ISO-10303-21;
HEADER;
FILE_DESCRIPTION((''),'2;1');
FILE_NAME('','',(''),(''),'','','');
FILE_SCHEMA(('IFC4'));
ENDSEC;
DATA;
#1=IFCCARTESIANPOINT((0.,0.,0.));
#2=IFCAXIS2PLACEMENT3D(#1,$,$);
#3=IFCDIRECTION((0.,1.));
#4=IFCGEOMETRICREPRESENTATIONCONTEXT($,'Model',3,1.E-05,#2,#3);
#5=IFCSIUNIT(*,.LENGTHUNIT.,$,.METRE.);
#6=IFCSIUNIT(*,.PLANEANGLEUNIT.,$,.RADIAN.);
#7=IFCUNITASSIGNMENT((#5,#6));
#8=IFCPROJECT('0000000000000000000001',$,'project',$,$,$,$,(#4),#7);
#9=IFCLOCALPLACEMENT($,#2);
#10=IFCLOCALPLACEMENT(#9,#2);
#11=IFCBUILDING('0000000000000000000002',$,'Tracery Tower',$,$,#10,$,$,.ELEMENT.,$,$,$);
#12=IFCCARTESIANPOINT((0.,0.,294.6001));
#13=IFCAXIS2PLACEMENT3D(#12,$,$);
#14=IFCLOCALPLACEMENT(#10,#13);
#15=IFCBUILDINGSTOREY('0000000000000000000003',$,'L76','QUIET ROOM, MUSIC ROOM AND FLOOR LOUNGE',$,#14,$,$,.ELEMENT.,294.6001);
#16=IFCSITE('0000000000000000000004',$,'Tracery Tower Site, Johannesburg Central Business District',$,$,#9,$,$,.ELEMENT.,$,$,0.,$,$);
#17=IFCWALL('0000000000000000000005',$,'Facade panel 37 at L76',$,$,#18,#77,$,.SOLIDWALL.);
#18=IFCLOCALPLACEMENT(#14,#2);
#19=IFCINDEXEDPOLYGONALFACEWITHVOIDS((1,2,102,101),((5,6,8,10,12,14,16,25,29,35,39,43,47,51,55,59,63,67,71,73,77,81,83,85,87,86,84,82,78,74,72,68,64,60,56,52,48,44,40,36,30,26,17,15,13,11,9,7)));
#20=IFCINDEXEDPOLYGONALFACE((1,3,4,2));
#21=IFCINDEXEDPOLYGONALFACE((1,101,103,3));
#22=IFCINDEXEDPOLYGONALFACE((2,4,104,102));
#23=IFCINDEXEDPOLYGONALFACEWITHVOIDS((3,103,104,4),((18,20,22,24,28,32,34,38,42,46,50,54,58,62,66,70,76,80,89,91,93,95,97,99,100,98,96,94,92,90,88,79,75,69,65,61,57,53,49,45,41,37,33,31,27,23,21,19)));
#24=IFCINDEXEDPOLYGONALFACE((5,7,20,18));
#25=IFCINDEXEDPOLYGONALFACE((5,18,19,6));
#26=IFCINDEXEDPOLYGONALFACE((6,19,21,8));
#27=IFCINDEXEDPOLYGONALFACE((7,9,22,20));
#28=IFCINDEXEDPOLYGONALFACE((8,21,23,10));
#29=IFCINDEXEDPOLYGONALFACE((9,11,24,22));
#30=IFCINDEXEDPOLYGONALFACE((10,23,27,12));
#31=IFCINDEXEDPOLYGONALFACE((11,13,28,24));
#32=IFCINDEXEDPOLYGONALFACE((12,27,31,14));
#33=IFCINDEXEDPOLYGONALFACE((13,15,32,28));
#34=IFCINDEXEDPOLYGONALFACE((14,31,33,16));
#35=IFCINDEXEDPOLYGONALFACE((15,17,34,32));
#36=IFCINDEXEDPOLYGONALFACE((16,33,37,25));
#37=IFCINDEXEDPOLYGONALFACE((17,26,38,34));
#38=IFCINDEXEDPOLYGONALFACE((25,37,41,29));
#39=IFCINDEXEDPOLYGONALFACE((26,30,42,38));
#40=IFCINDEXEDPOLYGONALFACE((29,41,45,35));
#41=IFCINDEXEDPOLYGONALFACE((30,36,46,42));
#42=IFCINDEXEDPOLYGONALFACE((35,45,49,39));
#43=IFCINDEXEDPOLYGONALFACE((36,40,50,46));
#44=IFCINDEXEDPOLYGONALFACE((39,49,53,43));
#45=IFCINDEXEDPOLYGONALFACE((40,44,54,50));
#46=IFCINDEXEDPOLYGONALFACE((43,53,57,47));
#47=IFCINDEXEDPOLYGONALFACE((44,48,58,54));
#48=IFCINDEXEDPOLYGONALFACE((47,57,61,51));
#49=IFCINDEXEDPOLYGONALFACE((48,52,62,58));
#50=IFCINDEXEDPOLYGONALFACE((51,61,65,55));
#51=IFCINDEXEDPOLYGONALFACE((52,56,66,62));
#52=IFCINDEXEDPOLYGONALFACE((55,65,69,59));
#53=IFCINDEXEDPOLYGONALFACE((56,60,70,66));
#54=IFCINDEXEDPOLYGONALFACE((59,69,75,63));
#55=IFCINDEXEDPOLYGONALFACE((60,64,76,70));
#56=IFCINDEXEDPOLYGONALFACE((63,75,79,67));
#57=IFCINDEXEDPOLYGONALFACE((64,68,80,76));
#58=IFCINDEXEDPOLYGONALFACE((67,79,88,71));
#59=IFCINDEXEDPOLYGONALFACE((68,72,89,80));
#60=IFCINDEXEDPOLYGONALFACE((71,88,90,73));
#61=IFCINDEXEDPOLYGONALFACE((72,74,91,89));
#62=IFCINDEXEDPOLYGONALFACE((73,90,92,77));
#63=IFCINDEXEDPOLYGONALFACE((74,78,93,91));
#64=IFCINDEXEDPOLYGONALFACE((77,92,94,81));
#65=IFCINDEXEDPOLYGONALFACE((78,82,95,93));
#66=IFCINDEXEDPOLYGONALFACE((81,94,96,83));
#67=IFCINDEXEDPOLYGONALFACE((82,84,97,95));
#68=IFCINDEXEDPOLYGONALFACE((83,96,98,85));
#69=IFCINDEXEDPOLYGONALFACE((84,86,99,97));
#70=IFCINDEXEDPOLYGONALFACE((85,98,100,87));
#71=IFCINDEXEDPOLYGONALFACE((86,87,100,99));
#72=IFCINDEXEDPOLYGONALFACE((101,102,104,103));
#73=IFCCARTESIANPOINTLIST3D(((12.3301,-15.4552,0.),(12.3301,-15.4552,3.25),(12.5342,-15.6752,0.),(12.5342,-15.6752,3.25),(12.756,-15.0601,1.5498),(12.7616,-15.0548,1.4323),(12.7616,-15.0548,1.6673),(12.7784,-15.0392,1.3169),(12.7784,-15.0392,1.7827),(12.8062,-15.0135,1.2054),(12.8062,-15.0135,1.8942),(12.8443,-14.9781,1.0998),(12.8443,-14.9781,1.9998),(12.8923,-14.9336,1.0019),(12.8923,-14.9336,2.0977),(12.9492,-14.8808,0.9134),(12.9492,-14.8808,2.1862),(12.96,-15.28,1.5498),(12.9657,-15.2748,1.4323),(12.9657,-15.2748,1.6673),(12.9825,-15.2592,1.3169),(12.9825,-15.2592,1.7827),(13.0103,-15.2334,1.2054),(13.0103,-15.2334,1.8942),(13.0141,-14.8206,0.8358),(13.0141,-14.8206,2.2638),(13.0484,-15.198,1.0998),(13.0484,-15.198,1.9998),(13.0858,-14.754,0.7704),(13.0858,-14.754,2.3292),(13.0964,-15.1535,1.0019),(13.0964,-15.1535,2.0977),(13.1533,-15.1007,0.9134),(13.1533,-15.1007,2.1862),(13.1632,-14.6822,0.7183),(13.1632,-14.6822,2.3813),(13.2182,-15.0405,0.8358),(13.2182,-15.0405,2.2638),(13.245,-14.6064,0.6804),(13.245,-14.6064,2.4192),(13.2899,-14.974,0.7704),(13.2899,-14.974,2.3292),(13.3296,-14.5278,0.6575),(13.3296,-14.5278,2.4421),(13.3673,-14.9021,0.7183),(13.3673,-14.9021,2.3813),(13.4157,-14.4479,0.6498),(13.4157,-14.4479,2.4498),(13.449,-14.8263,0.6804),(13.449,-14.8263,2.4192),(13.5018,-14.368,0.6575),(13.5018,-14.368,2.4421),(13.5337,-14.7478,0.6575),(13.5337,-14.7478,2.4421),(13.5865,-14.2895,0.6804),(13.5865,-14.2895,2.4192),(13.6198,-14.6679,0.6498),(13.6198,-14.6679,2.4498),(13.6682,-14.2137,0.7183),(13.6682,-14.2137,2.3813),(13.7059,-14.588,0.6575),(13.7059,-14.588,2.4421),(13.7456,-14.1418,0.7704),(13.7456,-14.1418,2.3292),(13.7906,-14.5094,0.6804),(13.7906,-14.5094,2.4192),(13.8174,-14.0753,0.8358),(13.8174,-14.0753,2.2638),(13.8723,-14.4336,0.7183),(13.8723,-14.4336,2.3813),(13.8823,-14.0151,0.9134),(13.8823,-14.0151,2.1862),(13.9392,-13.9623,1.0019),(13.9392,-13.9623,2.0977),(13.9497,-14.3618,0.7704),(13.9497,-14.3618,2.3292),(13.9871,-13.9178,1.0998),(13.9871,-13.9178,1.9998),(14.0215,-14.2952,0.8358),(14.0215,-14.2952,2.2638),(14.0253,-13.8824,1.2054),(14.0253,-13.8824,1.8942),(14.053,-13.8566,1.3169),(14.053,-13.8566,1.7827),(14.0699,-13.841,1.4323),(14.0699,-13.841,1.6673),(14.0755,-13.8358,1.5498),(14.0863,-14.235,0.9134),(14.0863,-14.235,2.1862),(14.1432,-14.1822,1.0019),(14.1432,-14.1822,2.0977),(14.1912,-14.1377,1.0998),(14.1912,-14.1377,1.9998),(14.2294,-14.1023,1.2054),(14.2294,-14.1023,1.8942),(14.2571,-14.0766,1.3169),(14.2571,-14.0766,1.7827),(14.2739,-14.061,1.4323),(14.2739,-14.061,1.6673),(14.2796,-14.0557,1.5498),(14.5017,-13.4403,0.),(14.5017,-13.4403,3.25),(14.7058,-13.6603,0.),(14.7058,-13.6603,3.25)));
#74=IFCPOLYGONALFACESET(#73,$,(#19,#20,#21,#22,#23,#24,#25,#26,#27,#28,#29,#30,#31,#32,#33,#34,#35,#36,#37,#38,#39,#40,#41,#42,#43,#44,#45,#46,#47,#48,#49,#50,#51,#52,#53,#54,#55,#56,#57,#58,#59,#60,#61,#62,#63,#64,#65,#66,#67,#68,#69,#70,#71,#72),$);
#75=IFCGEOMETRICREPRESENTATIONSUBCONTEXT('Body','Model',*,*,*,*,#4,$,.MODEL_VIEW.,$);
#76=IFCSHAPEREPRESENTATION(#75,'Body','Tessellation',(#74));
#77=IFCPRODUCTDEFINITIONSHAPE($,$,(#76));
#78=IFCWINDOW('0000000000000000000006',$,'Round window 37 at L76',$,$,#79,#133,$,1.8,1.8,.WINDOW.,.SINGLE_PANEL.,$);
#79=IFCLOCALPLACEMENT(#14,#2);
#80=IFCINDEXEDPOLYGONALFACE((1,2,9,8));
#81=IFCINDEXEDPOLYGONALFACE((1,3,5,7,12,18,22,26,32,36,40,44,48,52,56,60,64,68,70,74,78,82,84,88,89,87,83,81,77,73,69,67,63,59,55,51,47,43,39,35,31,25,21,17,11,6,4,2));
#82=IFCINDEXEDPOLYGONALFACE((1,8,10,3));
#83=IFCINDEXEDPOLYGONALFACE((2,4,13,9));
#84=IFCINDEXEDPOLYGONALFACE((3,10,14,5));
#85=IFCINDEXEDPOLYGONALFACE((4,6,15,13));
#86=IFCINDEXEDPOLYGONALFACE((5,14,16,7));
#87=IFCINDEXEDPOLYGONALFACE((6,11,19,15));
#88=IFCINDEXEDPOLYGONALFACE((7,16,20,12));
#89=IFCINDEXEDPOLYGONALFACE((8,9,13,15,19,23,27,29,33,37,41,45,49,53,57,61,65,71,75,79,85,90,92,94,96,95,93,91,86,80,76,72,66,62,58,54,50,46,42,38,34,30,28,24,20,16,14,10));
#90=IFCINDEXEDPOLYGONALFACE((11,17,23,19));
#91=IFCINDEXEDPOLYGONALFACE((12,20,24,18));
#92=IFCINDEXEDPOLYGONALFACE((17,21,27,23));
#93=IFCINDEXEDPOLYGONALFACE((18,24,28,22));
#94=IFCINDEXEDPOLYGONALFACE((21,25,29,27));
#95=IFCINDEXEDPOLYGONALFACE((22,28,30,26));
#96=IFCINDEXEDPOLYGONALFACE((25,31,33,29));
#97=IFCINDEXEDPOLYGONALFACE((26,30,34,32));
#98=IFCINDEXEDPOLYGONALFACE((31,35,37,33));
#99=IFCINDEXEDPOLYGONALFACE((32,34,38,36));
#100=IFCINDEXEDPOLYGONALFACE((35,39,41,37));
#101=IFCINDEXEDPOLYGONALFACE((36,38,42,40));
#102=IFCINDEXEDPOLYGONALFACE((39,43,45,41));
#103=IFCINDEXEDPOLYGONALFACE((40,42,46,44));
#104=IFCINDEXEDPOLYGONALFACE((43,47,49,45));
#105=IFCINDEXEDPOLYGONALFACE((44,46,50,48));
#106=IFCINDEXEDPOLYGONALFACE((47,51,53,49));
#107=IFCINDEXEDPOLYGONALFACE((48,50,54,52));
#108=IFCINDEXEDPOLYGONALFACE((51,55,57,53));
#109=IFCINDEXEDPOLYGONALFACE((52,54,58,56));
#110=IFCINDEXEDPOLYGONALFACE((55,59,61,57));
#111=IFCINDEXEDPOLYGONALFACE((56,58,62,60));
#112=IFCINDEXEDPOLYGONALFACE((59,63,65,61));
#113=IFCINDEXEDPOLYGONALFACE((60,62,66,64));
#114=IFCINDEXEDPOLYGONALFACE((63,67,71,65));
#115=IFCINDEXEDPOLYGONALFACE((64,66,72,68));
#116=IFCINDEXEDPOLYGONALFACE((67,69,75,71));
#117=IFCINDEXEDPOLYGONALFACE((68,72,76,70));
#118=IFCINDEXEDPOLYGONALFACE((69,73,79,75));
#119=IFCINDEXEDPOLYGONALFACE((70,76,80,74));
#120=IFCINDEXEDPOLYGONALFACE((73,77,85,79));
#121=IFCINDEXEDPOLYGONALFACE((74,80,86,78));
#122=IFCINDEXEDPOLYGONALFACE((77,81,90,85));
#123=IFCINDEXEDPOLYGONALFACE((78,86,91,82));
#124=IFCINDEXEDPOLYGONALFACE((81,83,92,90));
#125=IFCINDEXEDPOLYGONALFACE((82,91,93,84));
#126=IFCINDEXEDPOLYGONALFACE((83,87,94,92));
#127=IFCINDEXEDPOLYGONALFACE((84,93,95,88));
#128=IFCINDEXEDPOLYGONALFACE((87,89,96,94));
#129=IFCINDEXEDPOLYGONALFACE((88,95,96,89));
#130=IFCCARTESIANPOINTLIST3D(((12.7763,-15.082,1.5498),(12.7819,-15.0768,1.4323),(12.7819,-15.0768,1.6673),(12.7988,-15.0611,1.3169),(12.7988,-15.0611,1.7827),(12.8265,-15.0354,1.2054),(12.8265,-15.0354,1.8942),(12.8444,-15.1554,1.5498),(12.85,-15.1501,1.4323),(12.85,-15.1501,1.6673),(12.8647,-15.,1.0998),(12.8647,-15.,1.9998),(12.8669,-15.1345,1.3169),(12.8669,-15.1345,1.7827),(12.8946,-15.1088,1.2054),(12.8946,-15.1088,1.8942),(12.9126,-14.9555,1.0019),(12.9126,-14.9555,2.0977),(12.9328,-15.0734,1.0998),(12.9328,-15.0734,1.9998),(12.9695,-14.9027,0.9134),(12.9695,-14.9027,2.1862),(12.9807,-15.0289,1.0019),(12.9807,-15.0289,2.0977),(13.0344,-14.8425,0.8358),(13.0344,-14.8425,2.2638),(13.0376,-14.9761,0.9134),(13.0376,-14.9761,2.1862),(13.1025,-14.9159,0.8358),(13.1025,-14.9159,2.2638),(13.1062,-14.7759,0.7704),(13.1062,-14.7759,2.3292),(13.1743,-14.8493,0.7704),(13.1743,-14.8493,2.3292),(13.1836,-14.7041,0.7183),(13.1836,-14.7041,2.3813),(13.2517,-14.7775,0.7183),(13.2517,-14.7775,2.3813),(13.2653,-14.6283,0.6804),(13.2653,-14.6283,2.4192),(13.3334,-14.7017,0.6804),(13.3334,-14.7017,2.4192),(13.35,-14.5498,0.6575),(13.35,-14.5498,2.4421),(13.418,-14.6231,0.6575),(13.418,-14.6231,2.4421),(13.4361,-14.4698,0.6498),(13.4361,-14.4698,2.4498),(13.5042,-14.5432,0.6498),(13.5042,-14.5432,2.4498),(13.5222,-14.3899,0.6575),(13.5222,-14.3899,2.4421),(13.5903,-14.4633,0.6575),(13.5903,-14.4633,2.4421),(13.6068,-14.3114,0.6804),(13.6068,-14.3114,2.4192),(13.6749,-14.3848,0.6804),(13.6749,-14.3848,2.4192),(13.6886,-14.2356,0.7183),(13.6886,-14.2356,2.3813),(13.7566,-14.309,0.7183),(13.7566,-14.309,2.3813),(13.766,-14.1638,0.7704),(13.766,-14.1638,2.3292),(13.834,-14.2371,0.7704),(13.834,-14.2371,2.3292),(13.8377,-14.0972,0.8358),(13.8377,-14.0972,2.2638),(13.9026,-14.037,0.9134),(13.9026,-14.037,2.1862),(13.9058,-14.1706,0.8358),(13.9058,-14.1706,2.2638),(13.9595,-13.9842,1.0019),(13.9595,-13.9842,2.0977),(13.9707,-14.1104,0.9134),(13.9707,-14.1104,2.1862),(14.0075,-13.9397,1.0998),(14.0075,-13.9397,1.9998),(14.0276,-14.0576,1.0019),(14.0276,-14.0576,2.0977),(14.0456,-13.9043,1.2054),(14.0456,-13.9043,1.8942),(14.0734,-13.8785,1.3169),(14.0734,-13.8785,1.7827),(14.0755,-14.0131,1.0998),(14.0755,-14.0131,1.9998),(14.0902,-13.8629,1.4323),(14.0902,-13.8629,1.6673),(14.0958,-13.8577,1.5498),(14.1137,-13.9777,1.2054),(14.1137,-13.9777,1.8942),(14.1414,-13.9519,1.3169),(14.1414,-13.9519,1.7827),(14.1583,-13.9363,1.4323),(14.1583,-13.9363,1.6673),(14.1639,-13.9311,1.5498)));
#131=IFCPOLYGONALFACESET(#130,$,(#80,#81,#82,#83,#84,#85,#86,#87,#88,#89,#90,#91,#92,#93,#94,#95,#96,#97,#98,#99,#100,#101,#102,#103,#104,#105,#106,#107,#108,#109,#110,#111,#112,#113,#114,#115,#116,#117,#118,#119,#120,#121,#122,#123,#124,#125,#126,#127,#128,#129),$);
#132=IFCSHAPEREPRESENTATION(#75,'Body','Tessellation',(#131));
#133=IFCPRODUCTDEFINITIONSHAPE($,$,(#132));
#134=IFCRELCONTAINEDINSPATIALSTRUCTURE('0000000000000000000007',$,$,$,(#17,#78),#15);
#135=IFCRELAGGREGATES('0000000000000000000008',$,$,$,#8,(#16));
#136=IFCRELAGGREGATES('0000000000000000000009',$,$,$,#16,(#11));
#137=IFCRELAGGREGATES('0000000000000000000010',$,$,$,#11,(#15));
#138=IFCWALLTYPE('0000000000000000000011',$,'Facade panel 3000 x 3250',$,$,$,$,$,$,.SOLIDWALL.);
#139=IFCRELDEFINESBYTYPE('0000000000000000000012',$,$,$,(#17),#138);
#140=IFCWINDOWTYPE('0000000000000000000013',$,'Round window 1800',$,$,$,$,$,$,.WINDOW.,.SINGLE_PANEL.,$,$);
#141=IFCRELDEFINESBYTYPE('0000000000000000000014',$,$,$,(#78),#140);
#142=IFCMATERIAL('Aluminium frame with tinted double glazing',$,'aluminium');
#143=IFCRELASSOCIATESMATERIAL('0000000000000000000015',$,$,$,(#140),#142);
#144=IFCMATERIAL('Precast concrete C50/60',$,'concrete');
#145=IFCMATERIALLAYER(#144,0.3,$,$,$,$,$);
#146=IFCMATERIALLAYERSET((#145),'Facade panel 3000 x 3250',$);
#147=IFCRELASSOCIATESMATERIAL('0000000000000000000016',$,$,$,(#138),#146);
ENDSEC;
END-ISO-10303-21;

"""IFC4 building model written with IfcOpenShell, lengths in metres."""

from ifc_helpers import new_model, si_unit, direction, frame, frame_2d, origin, origin_2d, place, context, subcontext, project, spatial, rectangle, circle, extrude, material, layer, layer_set, type_object, element, fill, save


model = new_model("IFC4")

# Units and contexts
model_context = context("Model", 3, precision=1e-05, world=origin(), true_north=direction((0.0, 1.0)))
body_context = subcontext(model_context, "Body", "Model", "MODEL_VIEW")
ifc_project = project(units=[si_unit("LENGTHUNIT", "METRE"), si_unit("PLANEANGLEUNIT", "RADIAN")], contexts=[model_context])

# Site, building, storey
site_placement = place(None, origin())
site = spatial("IfcSite", under=ifc_project, at=site_placement, Name="Tracery Tower Site, Johannesburg Central Business District", CompositionType="ELEMENT", RefElevation=0.0)
building_placement = place(site_placement, origin())
building = spatial("IfcBuilding", under=site, at=building_placement, Name="Tracery Tower", CompositionType="ELEMENT")
storey_placement = place(building_placement, frame((0.0, 0.0, 294.6001)))
storey = spatial("IfcBuildingStorey", under=building, at=storey_placement, Name="L76", Description="QUIET ROOM, MUSIC ROOM AND FLOOR LOUNGE", CompositionType="ELEMENT", Elevation=294.6001)

# Wall, opening, window
ifc_material_1 = material(Name="Aluminium frame with tinted double glazing", Category="aluminium")
window_type = type_object("IfcWindowType", Name="Round window 1800", PartitioningType="SINGLE_PANEL", PredefinedType="WINDOW", material=ifc_material_1)
ifc_material_2 = material(Name="Precast concrete C50/60", Category="concrete")
ifc_layer_1 = layer(ifc_material_2, 0.3)
ifc_layer_set_1 = layer_set([ifc_layer_1], Name="Facade panel 3000 x 3250")
wall_type_1 = type_object("IfcWallType", Name="Facade panel 3000 x 3250", PredefinedType="SOLIDWALL", material=ifc_layer_set_1)
wall_1_placement = place(storey_placement, frame((12.4321, -15.5652, 0.0), z_axis=(0.0, 0.0, 1.0), x_axis=(0.733066, 0.680157, 0.0)))
wall_1 = element("IfcWall", 1, at=wall_1_placement, inside=storey, type_object=wall_type_1, Name="Facade panel 37 at L76", PredefinedType="SOLIDWALL", context=body_context, shape_type="SweptSolid", body=[
    extrude(rectangle(XDim=2.9624, YDim=0.3, at=frame_2d((1.4812, 0.0))), origin(), (0.0, 0.0, 1.0), 3.25),
])
opening_1_placement = place(wall_1_placement, frame((1.481, 0.0, 1.5498)))
opening_1 = element("IfcOpeningElement", 2, at=opening_1_placement, cuts=wall_1, PredefinedType="OPENING", context=body_context, shape_type="SweptSolid", body=[
    extrude(circle(Radius=0.9, at=origin_2d()), frame((0.0, 0.1599, 0.0), z_axis=(0.0, -1.0, 0.0), x_axis=(1.0, 0.0, 0.0)), (0.0, 0.0, 1.0), 0.3201),
])
window_1_placement = place(opening_1_placement, origin())
window_1 = element("IfcWindow", 3, at=window_1_placement, inside=storey, type_object=window_type, Name="Round window 37 at L76", OverallHeight=1.8, OverallWidth=1.8, PartitioningType="SINGLE_PANEL", PredefinedType="WINDOW", context=body_context, shape_type="SweptSolid", body=[
    extrude(circle(Radius=0.9, at=origin_2d()), frame((0.0, 0.1201, 0.0), z_axis=(0.0, -1.0, 0.0), x_axis=(1.0, 0.0, 0.0)), (0.0, 0.0, 1.0), 0.1001),
])
fill(opening_1, window_1)

save(model, "model.ifc")
